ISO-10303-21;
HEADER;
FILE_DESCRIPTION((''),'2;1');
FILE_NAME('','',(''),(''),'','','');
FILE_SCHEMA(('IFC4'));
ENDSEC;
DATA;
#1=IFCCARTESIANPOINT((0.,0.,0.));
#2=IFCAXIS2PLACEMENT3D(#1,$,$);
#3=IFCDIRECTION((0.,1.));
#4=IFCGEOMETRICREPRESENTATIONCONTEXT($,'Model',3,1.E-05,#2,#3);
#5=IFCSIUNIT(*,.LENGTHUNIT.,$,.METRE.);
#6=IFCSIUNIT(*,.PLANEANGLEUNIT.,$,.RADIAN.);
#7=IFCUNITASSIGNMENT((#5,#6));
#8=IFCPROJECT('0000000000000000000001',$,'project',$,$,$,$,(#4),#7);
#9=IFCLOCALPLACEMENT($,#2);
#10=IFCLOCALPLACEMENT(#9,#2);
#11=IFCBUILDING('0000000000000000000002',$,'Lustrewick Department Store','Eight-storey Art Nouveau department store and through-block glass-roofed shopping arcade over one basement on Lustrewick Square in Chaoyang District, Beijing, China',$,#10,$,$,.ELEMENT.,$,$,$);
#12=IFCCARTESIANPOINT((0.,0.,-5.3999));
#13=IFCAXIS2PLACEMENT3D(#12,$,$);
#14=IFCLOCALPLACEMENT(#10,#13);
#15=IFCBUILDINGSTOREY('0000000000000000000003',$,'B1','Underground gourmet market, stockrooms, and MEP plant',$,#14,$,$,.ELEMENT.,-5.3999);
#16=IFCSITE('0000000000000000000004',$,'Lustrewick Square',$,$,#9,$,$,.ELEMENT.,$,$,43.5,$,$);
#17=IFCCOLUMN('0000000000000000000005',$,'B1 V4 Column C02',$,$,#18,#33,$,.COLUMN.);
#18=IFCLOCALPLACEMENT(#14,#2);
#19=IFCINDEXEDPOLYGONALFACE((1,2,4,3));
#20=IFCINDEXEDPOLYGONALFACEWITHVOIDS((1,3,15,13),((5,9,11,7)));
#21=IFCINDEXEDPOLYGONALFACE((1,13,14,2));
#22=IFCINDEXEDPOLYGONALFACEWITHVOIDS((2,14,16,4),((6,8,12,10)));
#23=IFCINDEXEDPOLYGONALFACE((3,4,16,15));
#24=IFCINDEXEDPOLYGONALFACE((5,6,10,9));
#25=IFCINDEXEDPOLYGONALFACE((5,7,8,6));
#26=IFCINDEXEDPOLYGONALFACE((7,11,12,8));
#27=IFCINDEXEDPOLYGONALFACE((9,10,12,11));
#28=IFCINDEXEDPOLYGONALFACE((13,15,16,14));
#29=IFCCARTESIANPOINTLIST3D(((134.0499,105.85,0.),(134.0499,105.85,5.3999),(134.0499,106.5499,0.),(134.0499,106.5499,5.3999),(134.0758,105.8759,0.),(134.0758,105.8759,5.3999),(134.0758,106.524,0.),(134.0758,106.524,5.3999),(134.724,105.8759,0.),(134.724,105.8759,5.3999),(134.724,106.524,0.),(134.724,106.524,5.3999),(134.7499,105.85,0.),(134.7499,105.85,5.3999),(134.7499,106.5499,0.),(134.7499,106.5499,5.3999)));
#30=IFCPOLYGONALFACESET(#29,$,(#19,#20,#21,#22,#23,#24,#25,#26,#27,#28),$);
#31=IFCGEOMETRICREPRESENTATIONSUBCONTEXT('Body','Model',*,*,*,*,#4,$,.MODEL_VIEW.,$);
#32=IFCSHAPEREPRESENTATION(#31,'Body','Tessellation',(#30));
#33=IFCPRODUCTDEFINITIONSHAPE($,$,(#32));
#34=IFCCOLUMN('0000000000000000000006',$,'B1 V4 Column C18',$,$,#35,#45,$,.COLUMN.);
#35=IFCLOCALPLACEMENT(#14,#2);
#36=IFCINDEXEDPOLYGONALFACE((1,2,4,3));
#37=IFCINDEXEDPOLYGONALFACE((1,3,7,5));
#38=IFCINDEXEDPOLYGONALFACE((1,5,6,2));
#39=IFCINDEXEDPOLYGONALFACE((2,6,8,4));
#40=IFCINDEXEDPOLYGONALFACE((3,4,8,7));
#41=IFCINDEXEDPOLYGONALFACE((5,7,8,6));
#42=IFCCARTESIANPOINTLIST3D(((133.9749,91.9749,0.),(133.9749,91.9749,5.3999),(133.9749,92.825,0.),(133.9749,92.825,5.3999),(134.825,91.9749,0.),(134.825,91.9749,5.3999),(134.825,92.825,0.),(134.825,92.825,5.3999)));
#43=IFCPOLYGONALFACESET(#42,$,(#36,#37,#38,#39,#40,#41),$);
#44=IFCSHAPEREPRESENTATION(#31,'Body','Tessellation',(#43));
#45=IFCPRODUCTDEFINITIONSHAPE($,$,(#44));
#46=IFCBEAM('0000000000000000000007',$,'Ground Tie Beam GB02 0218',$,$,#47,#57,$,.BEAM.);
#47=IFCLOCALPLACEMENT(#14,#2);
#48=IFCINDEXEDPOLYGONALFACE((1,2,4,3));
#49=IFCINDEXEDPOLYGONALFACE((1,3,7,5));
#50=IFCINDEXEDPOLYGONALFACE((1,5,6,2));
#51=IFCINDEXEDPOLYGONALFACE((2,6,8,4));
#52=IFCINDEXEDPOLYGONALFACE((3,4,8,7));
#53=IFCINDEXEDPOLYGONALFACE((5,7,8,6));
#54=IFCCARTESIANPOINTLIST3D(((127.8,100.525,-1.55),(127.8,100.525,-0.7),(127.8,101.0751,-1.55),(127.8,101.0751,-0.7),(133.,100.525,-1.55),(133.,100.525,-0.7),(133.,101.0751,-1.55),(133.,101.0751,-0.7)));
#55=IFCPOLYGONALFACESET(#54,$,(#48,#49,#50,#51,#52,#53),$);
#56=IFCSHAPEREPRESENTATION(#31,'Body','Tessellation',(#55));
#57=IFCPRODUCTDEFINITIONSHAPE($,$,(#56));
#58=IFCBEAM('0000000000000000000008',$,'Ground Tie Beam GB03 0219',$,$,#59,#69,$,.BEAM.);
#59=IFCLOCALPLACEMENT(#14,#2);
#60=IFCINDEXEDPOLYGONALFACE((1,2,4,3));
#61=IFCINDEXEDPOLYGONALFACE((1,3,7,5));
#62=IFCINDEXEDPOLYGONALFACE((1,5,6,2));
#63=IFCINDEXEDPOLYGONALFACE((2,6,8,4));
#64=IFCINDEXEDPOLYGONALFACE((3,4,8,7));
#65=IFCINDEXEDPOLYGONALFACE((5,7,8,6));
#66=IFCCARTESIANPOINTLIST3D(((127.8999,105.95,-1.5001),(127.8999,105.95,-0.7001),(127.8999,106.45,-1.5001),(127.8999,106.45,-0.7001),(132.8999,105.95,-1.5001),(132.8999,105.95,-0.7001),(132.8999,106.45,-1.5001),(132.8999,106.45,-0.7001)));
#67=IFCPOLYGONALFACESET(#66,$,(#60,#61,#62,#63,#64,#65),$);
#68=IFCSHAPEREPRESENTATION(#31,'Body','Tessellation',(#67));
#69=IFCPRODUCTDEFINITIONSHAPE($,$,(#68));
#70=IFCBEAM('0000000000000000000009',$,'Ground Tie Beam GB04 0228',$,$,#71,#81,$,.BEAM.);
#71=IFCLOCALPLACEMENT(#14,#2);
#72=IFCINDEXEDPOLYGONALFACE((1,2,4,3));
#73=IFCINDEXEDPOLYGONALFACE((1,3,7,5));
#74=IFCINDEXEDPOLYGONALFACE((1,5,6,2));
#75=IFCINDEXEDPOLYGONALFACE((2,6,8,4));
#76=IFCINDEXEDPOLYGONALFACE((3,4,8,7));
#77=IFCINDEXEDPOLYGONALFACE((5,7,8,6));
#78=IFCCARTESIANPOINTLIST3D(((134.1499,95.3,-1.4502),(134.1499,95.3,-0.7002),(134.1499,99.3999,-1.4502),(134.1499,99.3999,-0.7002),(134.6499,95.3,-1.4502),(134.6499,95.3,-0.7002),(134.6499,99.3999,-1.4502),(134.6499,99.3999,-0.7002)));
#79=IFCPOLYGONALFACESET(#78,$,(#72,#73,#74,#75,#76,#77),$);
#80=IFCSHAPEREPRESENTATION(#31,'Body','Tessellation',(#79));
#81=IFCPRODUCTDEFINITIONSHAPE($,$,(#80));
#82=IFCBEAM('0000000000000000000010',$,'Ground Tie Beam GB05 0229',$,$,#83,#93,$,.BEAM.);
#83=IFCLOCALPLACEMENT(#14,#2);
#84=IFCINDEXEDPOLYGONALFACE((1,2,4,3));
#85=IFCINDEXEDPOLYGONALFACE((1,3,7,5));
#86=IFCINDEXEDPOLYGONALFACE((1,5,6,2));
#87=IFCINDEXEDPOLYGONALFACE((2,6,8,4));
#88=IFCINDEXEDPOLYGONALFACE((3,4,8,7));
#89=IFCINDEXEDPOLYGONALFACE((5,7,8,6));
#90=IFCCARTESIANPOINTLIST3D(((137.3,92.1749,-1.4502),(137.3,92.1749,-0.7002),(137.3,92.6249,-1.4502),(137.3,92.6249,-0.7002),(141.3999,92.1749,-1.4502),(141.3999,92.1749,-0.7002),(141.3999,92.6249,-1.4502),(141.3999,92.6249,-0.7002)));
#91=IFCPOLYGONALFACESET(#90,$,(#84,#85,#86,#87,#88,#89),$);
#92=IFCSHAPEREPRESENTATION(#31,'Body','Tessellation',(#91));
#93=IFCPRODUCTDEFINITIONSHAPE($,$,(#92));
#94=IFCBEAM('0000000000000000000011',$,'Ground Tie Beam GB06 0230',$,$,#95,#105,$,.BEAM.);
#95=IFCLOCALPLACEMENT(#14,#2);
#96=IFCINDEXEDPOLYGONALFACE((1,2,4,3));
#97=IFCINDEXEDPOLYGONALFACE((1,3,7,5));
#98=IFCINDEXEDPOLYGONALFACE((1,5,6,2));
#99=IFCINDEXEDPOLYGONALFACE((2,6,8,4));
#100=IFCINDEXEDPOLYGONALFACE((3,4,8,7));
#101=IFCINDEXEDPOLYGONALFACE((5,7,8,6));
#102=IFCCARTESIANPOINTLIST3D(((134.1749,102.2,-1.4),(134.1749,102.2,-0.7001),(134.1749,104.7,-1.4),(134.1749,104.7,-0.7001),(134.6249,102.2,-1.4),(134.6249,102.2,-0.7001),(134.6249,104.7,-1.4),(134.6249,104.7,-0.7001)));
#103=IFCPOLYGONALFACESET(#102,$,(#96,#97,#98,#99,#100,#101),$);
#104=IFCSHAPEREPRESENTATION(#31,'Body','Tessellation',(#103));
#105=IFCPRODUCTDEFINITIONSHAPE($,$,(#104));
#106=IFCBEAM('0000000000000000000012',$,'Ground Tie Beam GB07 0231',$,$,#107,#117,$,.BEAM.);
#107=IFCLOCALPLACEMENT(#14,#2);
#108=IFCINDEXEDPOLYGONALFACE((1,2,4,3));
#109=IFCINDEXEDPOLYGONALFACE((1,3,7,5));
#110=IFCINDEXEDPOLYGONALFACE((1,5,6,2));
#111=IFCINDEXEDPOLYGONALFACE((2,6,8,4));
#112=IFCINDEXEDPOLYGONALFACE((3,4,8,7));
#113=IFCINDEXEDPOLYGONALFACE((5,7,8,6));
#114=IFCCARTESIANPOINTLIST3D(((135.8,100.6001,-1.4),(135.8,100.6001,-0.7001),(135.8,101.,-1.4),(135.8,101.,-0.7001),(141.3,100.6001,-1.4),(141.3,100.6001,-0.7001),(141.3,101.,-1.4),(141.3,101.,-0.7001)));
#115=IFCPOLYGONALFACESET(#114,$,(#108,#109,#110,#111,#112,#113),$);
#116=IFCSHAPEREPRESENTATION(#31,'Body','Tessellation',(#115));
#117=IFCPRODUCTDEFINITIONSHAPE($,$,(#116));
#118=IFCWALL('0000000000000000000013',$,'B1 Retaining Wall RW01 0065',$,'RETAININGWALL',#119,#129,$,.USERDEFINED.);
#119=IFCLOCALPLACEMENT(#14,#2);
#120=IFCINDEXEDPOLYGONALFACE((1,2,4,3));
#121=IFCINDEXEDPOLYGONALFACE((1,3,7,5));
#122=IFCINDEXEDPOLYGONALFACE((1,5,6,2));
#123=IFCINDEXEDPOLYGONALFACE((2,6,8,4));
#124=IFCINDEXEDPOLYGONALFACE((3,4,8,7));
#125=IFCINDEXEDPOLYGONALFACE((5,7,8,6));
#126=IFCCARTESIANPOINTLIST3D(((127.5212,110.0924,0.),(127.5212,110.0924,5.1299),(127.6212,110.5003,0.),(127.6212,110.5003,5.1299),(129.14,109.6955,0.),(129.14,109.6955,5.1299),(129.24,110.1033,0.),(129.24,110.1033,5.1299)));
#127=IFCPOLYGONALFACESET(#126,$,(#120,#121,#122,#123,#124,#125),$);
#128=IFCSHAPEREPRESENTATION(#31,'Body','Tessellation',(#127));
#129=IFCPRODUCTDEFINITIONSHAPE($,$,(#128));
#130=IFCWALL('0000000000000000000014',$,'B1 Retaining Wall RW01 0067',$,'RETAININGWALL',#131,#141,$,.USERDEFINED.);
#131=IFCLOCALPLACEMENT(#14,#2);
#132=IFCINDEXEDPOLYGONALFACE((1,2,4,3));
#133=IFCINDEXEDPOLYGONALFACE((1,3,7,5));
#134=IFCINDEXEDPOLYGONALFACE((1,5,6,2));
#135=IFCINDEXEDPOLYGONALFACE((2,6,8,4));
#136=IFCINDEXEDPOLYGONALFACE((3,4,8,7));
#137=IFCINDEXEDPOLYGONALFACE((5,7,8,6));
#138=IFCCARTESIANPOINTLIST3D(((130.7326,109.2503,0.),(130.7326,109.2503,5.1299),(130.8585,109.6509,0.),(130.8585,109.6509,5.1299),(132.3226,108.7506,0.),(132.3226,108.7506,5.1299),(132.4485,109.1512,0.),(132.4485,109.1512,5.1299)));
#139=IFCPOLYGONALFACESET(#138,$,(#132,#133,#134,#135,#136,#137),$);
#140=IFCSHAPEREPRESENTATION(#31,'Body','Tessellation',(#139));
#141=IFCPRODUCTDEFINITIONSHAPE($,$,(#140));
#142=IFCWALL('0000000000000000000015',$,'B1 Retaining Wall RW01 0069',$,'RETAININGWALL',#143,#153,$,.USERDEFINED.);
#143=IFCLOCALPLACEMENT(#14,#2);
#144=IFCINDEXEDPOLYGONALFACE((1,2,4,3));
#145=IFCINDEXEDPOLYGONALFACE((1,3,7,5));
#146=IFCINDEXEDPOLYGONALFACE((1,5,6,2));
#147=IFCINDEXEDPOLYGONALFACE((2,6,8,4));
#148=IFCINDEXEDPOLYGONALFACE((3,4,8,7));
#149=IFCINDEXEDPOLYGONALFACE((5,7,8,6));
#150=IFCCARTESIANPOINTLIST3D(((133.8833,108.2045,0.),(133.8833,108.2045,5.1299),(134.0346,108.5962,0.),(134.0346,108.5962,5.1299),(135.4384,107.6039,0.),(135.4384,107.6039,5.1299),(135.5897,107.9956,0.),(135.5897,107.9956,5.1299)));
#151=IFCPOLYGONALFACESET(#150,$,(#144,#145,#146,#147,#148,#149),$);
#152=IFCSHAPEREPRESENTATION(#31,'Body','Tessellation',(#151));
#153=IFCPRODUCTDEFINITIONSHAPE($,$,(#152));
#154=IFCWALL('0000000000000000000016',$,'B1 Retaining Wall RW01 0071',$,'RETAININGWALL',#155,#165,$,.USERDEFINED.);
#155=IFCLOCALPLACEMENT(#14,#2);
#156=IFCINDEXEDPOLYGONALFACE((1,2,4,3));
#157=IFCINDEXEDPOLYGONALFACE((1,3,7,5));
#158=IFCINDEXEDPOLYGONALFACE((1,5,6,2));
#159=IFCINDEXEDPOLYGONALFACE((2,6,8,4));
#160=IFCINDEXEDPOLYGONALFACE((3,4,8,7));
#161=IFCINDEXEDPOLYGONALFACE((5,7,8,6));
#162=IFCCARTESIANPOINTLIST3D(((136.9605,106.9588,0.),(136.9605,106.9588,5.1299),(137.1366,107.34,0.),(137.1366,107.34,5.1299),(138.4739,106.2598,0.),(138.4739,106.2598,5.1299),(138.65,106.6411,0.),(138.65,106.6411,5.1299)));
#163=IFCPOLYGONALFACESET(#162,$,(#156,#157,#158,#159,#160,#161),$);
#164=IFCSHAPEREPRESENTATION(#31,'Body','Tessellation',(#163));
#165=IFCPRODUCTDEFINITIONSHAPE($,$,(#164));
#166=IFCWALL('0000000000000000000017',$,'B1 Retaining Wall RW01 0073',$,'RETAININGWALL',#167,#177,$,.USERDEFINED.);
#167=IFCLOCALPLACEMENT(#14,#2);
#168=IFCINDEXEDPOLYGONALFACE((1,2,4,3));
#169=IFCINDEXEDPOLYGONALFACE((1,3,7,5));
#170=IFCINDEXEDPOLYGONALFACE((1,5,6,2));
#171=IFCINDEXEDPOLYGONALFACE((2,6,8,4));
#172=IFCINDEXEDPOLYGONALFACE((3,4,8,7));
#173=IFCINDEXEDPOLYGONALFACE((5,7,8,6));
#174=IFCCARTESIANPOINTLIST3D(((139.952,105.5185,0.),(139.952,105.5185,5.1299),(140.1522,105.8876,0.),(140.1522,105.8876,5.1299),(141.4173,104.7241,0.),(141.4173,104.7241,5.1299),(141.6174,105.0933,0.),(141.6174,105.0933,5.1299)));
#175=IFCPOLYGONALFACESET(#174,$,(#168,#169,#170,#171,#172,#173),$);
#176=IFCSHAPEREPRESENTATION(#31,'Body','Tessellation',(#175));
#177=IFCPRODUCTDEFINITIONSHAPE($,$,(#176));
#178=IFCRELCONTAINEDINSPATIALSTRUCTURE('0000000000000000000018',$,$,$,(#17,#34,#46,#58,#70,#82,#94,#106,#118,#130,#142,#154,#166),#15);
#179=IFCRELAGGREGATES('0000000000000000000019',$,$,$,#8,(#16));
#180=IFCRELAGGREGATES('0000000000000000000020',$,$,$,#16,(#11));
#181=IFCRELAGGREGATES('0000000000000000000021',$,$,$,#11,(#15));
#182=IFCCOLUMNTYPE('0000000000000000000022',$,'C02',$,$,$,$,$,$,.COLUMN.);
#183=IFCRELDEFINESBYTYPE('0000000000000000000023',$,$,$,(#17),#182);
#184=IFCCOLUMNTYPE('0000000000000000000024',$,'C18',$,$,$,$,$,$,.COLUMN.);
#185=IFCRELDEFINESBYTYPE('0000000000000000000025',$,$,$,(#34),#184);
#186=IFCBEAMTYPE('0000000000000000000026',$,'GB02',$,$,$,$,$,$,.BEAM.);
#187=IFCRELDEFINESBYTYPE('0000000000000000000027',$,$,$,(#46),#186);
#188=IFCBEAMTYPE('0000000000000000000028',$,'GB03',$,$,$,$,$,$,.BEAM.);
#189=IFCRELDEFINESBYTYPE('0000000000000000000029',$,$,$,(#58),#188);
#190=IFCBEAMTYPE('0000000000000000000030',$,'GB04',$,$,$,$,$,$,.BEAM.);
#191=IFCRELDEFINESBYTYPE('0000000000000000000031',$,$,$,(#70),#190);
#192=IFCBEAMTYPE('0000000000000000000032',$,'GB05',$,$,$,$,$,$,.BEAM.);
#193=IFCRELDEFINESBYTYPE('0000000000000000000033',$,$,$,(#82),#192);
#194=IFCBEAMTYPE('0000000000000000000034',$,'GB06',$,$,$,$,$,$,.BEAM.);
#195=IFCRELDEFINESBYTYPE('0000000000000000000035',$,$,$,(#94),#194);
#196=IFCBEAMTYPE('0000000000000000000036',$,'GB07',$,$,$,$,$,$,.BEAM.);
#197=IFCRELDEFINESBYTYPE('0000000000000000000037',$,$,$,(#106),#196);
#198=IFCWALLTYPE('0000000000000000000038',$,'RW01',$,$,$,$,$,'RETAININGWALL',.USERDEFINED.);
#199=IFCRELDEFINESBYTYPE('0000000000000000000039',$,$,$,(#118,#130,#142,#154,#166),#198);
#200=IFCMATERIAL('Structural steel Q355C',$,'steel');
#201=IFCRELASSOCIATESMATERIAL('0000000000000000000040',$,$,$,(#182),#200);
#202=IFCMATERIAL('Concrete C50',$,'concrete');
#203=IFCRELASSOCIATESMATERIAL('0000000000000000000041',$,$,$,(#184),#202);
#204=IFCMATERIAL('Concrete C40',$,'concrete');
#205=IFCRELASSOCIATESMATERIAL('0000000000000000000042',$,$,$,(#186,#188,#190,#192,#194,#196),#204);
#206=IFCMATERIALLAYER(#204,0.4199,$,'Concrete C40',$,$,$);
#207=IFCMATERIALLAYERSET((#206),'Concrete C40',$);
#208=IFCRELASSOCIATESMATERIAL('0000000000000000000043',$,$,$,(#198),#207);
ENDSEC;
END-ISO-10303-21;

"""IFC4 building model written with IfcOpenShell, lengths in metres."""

from ifc_helpers import new_model, si_unit, direction, frame, frame_2d, origin, origin_2d, place, context, subcontext, project, spatial, rectangle, hollow_rectangle, extrude, material, layer, layer_set, material_profile, profile_set, type_object, element, save


model = new_model("IFC4")

# Units and contexts
model_context = context("Model", 3, precision=1e-05, world=origin(), true_north=direction((0.0, 1.0)))
body_context = subcontext(model_context, "Body", "Model", "MODEL_VIEW")
ifc_project = project(units=[si_unit("LENGTHUNIT", "METRE"), si_unit("PLANEANGLEUNIT", "RADIAN")], contexts=[model_context])

# Site, building, storey
site_placement = place(None, origin())
site = spatial("IfcSite", under=ifc_project, at=site_placement, Name="Lustrewick Square", CompositionType="ELEMENT", RefElevation=43.5)
building_placement = place(site_placement, origin())
building = spatial("IfcBuilding", under=site, at=building_placement, Name="Lustrewick Department Store", Description="Eight-storey Art Nouveau department store and through-block glass-roofed shopping arcade over one basement on Lustrewick Square in Chaoyang District, Beijing, China", CompositionType="ELEMENT")
storey_placement = place(building_placement, frame((0.0, 0.0, -5.3999)))
storey = spatial("IfcBuildingStorey", under=building, at=storey_placement, Name="B1", Description="Underground gourmet market, stockrooms, and MEP plant", CompositionType="ELEMENT", Elevation=-5.3999)

# Shared definitions
ifc_material_1 = material(Name="Concrete C40", Category="concrete")

# Columns
ifc_material_2 = material(Name="Structural steel Q355C", Category="steel")
ifc_material_profile_1 = material_profile(ifc_material_2, hollow_rectangle(XDim=0.7, YDim=0.7, WallThickness=0.0259, at=origin_2d()), Name="BOX 700x700x26")
ifc_profile_set_1 = profile_set([ifc_material_profile_1], Name="Structural steel Q355C")
column_type_1 = type_object("IfcColumnType", Name="C02", PredefinedType="COLUMN", material=ifc_profile_set_1)
column_1_placement = place(storey_placement, frame((134.3999, 106.2, 0.0), z_axis=(0.0, 0.0, 1.0), x_axis=(1.0, 0.0, 0.0)))
element("IfcColumn", 1, at=column_1_placement, inside=storey, type_object=column_type_1, Name="B1 V4 Column C02", PredefinedType="COLUMN", context=body_context, shape_type="SweptSolid", body=[
    extrude(hollow_rectangle(XDim=0.7, YDim=0.7, WallThickness=0.0259, at=origin_2d()), origin(), (0.0, 0.0, 1.0), 5.3999),
])
ifc_material_3 = material(Name="Concrete C50", Category="concrete")
ifc_material_profile_2 = material_profile(ifc_material_3, rectangle(XDim=0.8501, YDim=0.8501, at=origin_2d()), Name="RC 850x850")
ifc_profile_set_2 = profile_set([ifc_material_profile_2], Name="Concrete C50")
column_type_2 = type_object("IfcColumnType", Name="C18", PredefinedType="COLUMN", material=ifc_profile_set_2)
column_2_placement = place(storey_placement, frame((134.3999, 92.3999, 0.0), z_axis=(0.0, 0.0, 1.0), x_axis=(1.0, 0.0, 0.0)))
element("IfcColumn", 2, at=column_2_placement, inside=storey, type_object=column_type_2, Name="B1 V4 Column C18", PredefinedType="COLUMN", context=body_context, shape_type="SweptSolid", body=[
    extrude(rectangle(XDim=0.8501, YDim=0.8501, at=origin_2d()), origin(), (0.0, 0.0, 1.0), 5.3999),
])

# Beams
ifc_material_profile_3 = material_profile(ifc_material_1, rectangle(XDim=0.55, YDim=0.8501, at=origin_2d()), Name="RC 550x850")
ifc_profile_set_3 = profile_set([ifc_material_profile_3], Name="Concrete C40")
beam_type_1 = type_object("IfcBeamType", Name="GB02", PredefinedType="BEAM", material=ifc_profile_set_3)
beam_1_placement = place(storey_placement, frame((127.8, 100.8, -1.125), z_axis=(1.0, 0.0, 0.0), x_axis=(0.0, 1.0, 0.0)))
element("IfcBeam", 3, at=beam_1_placement, inside=storey, type_object=beam_type_1, Name="Ground Tie Beam GB02 0218", PredefinedType="BEAM", context=body_context, shape_type="SweptSolid", body=[
    extrude(rectangle(XDim=0.55, YDim=0.8501, at=origin_2d()), origin(), (0.0, 0.0, 1.0), 5.2),
])
ifc_material_profile_4 = material_profile(ifc_material_1, rectangle(XDim=0.5, YDim=0.8, at=origin_2d()), Name="RC 500x800")
ifc_profile_set_4 = profile_set([ifc_material_profile_4], Name="Concrete C40")
beam_type_2 = type_object("IfcBeamType", Name="GB03", PredefinedType="BEAM", material=ifc_profile_set_4)
beam_2_placement = place(storey_placement, frame((127.8999, 106.2, -1.1001), z_axis=(1.0, 0.0, 0.0), x_axis=(0.0, 1.0, 0.0)))
element("IfcBeam", 4, at=beam_2_placement, inside=storey, type_object=beam_type_2, Name="Ground Tie Beam GB03 0219", PredefinedType="BEAM", context=body_context, shape_type="SweptSolid", body=[
    extrude(rectangle(XDim=0.5, YDim=0.8, at=origin_2d()), origin(), (0.0, 0.0, 1.0), 5.0),
])
ifc_material_profile_5 = material_profile(ifc_material_1, rectangle(XDim=0.5, YDim=0.75, at=origin_2d()), Name="RC 500x750")
ifc_profile_set_5 = profile_set([ifc_material_profile_5], Name="Concrete C40")
beam_type_3 = type_object("IfcBeamType", Name="GB04", PredefinedType="BEAM", material=ifc_profile_set_5)
beam_3_placement = place(storey_placement, frame((134.3999, 95.3, -1.0752), z_axis=(0.0, 1.0, 0.0), x_axis=(-1.0, 0.0, 0.0)))
element("IfcBeam", 5, at=beam_3_placement, inside=storey, type_object=beam_type_3, Name="Ground Tie Beam GB04 0228", PredefinedType="BEAM", context=body_context, shape_type="SweptSolid", body=[
    extrude(rectangle(XDim=0.5, YDim=0.75, at=origin_2d()), origin(), (0.0, 0.0, 1.0), 4.0999),
])
ifc_material_profile_6 = material_profile(ifc_material_1, rectangle(XDim=0.45, YDim=0.75, at=origin_2d()), Name="RC 450x750")
ifc_profile_set_6 = profile_set([ifc_material_profile_6], Name="Concrete C40")
beam_type_4 = type_object("IfcBeamType", Name="GB05", PredefinedType="BEAM", material=ifc_profile_set_6)
beam_4_placement = place(storey_placement, frame((137.3, 92.3999, -1.0752), z_axis=(1.0, 0.0, 0.0), x_axis=(0.0, 1.0, 0.0)))
element("IfcBeam", 6, at=beam_4_placement, inside=storey, type_object=beam_type_4, Name="Ground Tie Beam GB05 0229", PredefinedType="BEAM", context=body_context, shape_type="SweptSolid", body=[
    extrude(rectangle(XDim=0.45, YDim=0.75, at=origin_2d()), origin(), (0.0, 0.0, 1.0), 4.0999),
])
ifc_material_profile_7 = material_profile(ifc_material_1, rectangle(XDim=0.45, YDim=0.7, at=origin_2d()), Name="RC 450x700")
ifc_profile_set_7 = profile_set([ifc_material_profile_7], Name="Concrete C40")
beam_type_5 = type_object("IfcBeamType", Name="GB06", PredefinedType="BEAM", material=ifc_profile_set_7)
beam_5_placement = place(storey_placement, frame((134.3999, 102.2, -1.05), z_axis=(0.0, 1.0, 0.0), x_axis=(-1.0, 0.0, 0.0)))
element("IfcBeam", 7, at=beam_5_placement, inside=storey, type_object=beam_type_5, Name="Ground Tie Beam GB06 0230", PredefinedType="BEAM", context=body_context, shape_type="SweptSolid", body=[
    extrude(rectangle(XDim=0.45, YDim=0.7, at=origin_2d()), origin(), (0.0, 0.0, 1.0), 2.5),
])
ifc_material_profile_8 = material_profile(ifc_material_1, rectangle(XDim=0.3999, YDim=0.7, at=origin_2d()), Name="RC 400x700")
ifc_profile_set_8 = profile_set([ifc_material_profile_8], Name="Concrete C40")
beam_type_6 = type_object("IfcBeamType", Name="GB07", PredefinedType="BEAM", material=ifc_profile_set_8)
beam_6_placement = place(storey_placement, frame((135.8, 100.8, -1.05), z_axis=(1.0, 0.0, 0.0), x_axis=(0.0, 1.0, 0.0)))
element("IfcBeam", 8, at=beam_6_placement, inside=storey, type_object=beam_type_6, Name="Ground Tie Beam GB07 0231", PredefinedType="BEAM", context=body_context, shape_type="SweptSolid", body=[
    extrude(rectangle(XDim=0.3999, YDim=0.7, at=origin_2d()), origin(), (0.0, 0.0, 1.0), 5.5),
])

# Walls
ifc_layer_1 = layer(ifc_material_1, 0.4199, Name="Concrete C40")
ifc_layer_set_1 = layer_set([ifc_layer_1], Name="Concrete C40")
wall_type_1 = type_object("IfcWallType", Name="RW01", ElementType="RETAININGWALL", PredefinedType="USERDEFINED", material=ifc_layer_set_1)
for number, where, z_axis, x_axis, name in (
    (9, (127.571, 110.2964, 0.0), (0.0, 0.0, 1.0), (0.971227, -0.238156, 0.0), "B1 Retaining Wall RW01 0065"),
    (10, (130.7954, 109.4507, 0.0), (0.0, 0.0, 1.0), (0.953991, -0.299834, 0.0), "B1 Retaining Wall RW01 0067"),
):
    element("IfcWall", number, at=place(storey_placement, frame(where, z_axis=z_axis, x_axis=x_axis)), inside=storey, type_object=wall_type_1, Name=name, ObjectType="RETAININGWALL", PredefinedType="USERDEFINED", context=body_context, shape_type="SweptSolid", body=[
        extrude(rectangle(XDim=1.6667, YDim=0.4199, at=frame_2d((0.8335, 0.0))), origin(), (0.0, 0.0, 1.0), 5.1299),
    ])
for number, where, z_axis, x_axis, name in (
    (11, (133.959, 108.4004, 0.0), (0.0, 0.0, 1.0), (0.932835, -0.360304, 0.0), "B1 Retaining Wall RW01 0069"),
    (12, (137.0486, 107.1494, 0.0), (0.0, 0.0, 1.0), (0.907852, -0.41929, 0.0), "B1 Retaining Wall RW01 0071"),
):
    element("IfcWall", number, at=place(storey_placement, frame(where, z_axis=z_axis, x_axis=x_axis)), inside=storey, type_object=wall_type_1, Name=name, ObjectType="RETAININGWALL", PredefinedType="USERDEFINED", context=body_context, shape_type="SweptSolid", body=[
        extrude(rectangle(XDim=1.667, YDim=0.4199, at=frame_2d((0.8335, 0.0))), origin(), (0.0, 0.0, 1.0), 5.1299),
    ])
wall_1_placement = place(storey_placement, frame((140.052, 105.7031, 0.0), z_axis=(0.0, 0.0, 1.0), x_axis=(0.879113, -0.476613, 0.0)))
element("IfcWall", 13, at=wall_1_placement, inside=storey, type_object=wall_type_1, Name="B1 Retaining Wall RW01 0073", ObjectType="RETAININGWALL", PredefinedType="USERDEFINED", context=body_context, shape_type="SweptSolid", body=[
    extrude(rectangle(XDim=1.6667, YDim=0.4199, at=frame_2d((0.8335, 0.0))), origin(), (0.0, 0.0, 1.0), 5.1299),
])

save(model, "model.ifc")
